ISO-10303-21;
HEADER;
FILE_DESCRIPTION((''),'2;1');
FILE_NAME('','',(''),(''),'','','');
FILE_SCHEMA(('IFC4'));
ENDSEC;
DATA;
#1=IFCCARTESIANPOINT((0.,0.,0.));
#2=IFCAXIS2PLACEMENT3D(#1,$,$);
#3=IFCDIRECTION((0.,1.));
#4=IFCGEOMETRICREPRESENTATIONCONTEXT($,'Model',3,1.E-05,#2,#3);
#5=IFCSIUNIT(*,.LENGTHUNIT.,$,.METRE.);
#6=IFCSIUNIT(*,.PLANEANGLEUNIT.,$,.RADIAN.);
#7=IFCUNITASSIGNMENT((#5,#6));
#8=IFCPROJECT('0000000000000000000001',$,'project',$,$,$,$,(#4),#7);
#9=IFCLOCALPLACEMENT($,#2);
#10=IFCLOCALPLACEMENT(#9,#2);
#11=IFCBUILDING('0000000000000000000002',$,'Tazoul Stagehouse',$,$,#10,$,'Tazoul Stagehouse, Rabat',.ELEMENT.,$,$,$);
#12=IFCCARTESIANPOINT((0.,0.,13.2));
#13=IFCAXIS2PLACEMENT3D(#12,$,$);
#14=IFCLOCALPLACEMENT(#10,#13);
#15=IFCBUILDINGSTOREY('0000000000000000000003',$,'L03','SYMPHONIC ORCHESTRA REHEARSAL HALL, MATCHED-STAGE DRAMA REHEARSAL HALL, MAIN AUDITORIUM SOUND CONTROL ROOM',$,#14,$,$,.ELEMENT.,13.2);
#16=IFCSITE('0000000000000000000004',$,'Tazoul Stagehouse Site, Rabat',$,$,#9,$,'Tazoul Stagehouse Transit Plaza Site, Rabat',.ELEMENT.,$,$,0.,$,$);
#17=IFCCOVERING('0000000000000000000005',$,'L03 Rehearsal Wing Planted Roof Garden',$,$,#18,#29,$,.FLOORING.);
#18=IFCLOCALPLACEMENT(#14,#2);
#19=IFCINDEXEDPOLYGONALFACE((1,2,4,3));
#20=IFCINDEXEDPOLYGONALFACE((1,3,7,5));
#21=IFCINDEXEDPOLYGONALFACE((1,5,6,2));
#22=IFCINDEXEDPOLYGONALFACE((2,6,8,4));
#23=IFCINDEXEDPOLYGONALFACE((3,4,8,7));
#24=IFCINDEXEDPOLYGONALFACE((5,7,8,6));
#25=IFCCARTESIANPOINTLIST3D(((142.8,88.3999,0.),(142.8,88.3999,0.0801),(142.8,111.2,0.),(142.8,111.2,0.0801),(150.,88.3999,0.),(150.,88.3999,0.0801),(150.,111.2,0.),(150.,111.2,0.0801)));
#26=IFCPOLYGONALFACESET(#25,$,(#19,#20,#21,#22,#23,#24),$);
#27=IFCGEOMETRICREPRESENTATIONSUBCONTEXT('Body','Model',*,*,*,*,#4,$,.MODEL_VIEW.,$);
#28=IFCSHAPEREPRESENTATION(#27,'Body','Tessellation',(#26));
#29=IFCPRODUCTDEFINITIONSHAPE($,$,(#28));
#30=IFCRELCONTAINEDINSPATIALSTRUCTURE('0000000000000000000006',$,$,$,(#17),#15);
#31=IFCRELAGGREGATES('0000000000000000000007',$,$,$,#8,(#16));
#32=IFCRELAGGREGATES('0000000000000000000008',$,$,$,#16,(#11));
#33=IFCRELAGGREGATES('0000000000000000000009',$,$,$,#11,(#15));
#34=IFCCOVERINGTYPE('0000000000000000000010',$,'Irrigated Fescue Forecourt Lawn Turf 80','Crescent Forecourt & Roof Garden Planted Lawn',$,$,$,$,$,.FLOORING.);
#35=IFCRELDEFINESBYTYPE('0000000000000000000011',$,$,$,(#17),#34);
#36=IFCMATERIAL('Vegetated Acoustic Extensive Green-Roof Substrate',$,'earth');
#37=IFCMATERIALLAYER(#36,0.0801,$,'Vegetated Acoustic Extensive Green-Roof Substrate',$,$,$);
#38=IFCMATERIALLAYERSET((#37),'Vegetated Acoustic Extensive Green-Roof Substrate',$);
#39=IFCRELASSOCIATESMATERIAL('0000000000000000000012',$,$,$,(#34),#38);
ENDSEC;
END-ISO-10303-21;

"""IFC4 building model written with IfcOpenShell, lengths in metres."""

from ifc_helpers import new_model, si_unit, direction, frame, origin, place, context, subcontext, project, spatial, polyline, outline, extrude, material, layer, layer_set, type_object, element, save


model = new_model("IFC4")

# Units and contexts
model_context = context("Model", 3, precision=1e-05, world=origin(), true_north=direction((0.0, 1.0)))
body_context = subcontext(model_context, "Body", "Model", "MODEL_VIEW")
ifc_project = project(units=[si_unit("LENGTHUNIT", "METRE"), si_unit("PLANEANGLEUNIT", "RADIAN")], contexts=[model_context])

# Site, building, storey
site_placement = place(None, origin())
site = spatial("IfcSite", under=ifc_project, at=site_placement, Name="Tazoul Stagehouse Site, Rabat", LongName="Tazoul Stagehouse Transit Plaza Site, Rabat", CompositionType="ELEMENT", RefElevation=0.0)
building_placement = place(site_placement, origin())
building = spatial("IfcBuilding", under=site, at=building_placement, Name="Tazoul Stagehouse", LongName="Tazoul Stagehouse, Rabat", CompositionType="ELEMENT")
storey_placement = place(building_placement, frame((0.0, 0.0, 13.2)))
storey = spatial("IfcBuildingStorey", under=building, at=storey_placement, Name="L03", Description="SYMPHONIC ORCHESTRA REHEARSAL HALL, MATCHED-STAGE DRAMA REHEARSAL HALL, MAIN AUDITORIUM SOUND CONTROL ROOM", CompositionType="ELEMENT", Elevation=13.2)

# Covering
ifc_material_1 = material(Name="Vegetated Acoustic Extensive Green-Roof Substrate", Category="earth")
ifc_layer_1 = layer(ifc_material_1, 0.0801, Name="Vegetated Acoustic Extensive Green-Roof Substrate")
ifc_layer_set_1 = layer_set([ifc_layer_1], Name="Vegetated Acoustic Extensive Green-Roof Substrate")
covering_type_1 = type_object("IfcCoveringType", Name="Irrigated Fescue Forecourt Lawn Turf 80", Description="Crescent Forecourt & Roof Garden Planted Lawn", PredefinedType="FLOORING", material=ifc_layer_set_1)
covering_1_placement = place(storey_placement, origin())
element("IfcCovering", 1, at=covering_1_placement, inside=storey, type_object=covering_type_1, Name="L03 Rehearsal Wing Planted Roof Garden", PredefinedType="FLOORING", context=body_context, shape_type="SweptSolid", body=[
    extrude(outline(polyline([(142.8, 88.3999), (150.0, 88.3999), (150.0, 111.2), (142.8, 111.2), (142.8, 88.3999)])), origin(), (0.0, 0.0, 1.0), 0.0801),
])

save(model, "model.ifc")
